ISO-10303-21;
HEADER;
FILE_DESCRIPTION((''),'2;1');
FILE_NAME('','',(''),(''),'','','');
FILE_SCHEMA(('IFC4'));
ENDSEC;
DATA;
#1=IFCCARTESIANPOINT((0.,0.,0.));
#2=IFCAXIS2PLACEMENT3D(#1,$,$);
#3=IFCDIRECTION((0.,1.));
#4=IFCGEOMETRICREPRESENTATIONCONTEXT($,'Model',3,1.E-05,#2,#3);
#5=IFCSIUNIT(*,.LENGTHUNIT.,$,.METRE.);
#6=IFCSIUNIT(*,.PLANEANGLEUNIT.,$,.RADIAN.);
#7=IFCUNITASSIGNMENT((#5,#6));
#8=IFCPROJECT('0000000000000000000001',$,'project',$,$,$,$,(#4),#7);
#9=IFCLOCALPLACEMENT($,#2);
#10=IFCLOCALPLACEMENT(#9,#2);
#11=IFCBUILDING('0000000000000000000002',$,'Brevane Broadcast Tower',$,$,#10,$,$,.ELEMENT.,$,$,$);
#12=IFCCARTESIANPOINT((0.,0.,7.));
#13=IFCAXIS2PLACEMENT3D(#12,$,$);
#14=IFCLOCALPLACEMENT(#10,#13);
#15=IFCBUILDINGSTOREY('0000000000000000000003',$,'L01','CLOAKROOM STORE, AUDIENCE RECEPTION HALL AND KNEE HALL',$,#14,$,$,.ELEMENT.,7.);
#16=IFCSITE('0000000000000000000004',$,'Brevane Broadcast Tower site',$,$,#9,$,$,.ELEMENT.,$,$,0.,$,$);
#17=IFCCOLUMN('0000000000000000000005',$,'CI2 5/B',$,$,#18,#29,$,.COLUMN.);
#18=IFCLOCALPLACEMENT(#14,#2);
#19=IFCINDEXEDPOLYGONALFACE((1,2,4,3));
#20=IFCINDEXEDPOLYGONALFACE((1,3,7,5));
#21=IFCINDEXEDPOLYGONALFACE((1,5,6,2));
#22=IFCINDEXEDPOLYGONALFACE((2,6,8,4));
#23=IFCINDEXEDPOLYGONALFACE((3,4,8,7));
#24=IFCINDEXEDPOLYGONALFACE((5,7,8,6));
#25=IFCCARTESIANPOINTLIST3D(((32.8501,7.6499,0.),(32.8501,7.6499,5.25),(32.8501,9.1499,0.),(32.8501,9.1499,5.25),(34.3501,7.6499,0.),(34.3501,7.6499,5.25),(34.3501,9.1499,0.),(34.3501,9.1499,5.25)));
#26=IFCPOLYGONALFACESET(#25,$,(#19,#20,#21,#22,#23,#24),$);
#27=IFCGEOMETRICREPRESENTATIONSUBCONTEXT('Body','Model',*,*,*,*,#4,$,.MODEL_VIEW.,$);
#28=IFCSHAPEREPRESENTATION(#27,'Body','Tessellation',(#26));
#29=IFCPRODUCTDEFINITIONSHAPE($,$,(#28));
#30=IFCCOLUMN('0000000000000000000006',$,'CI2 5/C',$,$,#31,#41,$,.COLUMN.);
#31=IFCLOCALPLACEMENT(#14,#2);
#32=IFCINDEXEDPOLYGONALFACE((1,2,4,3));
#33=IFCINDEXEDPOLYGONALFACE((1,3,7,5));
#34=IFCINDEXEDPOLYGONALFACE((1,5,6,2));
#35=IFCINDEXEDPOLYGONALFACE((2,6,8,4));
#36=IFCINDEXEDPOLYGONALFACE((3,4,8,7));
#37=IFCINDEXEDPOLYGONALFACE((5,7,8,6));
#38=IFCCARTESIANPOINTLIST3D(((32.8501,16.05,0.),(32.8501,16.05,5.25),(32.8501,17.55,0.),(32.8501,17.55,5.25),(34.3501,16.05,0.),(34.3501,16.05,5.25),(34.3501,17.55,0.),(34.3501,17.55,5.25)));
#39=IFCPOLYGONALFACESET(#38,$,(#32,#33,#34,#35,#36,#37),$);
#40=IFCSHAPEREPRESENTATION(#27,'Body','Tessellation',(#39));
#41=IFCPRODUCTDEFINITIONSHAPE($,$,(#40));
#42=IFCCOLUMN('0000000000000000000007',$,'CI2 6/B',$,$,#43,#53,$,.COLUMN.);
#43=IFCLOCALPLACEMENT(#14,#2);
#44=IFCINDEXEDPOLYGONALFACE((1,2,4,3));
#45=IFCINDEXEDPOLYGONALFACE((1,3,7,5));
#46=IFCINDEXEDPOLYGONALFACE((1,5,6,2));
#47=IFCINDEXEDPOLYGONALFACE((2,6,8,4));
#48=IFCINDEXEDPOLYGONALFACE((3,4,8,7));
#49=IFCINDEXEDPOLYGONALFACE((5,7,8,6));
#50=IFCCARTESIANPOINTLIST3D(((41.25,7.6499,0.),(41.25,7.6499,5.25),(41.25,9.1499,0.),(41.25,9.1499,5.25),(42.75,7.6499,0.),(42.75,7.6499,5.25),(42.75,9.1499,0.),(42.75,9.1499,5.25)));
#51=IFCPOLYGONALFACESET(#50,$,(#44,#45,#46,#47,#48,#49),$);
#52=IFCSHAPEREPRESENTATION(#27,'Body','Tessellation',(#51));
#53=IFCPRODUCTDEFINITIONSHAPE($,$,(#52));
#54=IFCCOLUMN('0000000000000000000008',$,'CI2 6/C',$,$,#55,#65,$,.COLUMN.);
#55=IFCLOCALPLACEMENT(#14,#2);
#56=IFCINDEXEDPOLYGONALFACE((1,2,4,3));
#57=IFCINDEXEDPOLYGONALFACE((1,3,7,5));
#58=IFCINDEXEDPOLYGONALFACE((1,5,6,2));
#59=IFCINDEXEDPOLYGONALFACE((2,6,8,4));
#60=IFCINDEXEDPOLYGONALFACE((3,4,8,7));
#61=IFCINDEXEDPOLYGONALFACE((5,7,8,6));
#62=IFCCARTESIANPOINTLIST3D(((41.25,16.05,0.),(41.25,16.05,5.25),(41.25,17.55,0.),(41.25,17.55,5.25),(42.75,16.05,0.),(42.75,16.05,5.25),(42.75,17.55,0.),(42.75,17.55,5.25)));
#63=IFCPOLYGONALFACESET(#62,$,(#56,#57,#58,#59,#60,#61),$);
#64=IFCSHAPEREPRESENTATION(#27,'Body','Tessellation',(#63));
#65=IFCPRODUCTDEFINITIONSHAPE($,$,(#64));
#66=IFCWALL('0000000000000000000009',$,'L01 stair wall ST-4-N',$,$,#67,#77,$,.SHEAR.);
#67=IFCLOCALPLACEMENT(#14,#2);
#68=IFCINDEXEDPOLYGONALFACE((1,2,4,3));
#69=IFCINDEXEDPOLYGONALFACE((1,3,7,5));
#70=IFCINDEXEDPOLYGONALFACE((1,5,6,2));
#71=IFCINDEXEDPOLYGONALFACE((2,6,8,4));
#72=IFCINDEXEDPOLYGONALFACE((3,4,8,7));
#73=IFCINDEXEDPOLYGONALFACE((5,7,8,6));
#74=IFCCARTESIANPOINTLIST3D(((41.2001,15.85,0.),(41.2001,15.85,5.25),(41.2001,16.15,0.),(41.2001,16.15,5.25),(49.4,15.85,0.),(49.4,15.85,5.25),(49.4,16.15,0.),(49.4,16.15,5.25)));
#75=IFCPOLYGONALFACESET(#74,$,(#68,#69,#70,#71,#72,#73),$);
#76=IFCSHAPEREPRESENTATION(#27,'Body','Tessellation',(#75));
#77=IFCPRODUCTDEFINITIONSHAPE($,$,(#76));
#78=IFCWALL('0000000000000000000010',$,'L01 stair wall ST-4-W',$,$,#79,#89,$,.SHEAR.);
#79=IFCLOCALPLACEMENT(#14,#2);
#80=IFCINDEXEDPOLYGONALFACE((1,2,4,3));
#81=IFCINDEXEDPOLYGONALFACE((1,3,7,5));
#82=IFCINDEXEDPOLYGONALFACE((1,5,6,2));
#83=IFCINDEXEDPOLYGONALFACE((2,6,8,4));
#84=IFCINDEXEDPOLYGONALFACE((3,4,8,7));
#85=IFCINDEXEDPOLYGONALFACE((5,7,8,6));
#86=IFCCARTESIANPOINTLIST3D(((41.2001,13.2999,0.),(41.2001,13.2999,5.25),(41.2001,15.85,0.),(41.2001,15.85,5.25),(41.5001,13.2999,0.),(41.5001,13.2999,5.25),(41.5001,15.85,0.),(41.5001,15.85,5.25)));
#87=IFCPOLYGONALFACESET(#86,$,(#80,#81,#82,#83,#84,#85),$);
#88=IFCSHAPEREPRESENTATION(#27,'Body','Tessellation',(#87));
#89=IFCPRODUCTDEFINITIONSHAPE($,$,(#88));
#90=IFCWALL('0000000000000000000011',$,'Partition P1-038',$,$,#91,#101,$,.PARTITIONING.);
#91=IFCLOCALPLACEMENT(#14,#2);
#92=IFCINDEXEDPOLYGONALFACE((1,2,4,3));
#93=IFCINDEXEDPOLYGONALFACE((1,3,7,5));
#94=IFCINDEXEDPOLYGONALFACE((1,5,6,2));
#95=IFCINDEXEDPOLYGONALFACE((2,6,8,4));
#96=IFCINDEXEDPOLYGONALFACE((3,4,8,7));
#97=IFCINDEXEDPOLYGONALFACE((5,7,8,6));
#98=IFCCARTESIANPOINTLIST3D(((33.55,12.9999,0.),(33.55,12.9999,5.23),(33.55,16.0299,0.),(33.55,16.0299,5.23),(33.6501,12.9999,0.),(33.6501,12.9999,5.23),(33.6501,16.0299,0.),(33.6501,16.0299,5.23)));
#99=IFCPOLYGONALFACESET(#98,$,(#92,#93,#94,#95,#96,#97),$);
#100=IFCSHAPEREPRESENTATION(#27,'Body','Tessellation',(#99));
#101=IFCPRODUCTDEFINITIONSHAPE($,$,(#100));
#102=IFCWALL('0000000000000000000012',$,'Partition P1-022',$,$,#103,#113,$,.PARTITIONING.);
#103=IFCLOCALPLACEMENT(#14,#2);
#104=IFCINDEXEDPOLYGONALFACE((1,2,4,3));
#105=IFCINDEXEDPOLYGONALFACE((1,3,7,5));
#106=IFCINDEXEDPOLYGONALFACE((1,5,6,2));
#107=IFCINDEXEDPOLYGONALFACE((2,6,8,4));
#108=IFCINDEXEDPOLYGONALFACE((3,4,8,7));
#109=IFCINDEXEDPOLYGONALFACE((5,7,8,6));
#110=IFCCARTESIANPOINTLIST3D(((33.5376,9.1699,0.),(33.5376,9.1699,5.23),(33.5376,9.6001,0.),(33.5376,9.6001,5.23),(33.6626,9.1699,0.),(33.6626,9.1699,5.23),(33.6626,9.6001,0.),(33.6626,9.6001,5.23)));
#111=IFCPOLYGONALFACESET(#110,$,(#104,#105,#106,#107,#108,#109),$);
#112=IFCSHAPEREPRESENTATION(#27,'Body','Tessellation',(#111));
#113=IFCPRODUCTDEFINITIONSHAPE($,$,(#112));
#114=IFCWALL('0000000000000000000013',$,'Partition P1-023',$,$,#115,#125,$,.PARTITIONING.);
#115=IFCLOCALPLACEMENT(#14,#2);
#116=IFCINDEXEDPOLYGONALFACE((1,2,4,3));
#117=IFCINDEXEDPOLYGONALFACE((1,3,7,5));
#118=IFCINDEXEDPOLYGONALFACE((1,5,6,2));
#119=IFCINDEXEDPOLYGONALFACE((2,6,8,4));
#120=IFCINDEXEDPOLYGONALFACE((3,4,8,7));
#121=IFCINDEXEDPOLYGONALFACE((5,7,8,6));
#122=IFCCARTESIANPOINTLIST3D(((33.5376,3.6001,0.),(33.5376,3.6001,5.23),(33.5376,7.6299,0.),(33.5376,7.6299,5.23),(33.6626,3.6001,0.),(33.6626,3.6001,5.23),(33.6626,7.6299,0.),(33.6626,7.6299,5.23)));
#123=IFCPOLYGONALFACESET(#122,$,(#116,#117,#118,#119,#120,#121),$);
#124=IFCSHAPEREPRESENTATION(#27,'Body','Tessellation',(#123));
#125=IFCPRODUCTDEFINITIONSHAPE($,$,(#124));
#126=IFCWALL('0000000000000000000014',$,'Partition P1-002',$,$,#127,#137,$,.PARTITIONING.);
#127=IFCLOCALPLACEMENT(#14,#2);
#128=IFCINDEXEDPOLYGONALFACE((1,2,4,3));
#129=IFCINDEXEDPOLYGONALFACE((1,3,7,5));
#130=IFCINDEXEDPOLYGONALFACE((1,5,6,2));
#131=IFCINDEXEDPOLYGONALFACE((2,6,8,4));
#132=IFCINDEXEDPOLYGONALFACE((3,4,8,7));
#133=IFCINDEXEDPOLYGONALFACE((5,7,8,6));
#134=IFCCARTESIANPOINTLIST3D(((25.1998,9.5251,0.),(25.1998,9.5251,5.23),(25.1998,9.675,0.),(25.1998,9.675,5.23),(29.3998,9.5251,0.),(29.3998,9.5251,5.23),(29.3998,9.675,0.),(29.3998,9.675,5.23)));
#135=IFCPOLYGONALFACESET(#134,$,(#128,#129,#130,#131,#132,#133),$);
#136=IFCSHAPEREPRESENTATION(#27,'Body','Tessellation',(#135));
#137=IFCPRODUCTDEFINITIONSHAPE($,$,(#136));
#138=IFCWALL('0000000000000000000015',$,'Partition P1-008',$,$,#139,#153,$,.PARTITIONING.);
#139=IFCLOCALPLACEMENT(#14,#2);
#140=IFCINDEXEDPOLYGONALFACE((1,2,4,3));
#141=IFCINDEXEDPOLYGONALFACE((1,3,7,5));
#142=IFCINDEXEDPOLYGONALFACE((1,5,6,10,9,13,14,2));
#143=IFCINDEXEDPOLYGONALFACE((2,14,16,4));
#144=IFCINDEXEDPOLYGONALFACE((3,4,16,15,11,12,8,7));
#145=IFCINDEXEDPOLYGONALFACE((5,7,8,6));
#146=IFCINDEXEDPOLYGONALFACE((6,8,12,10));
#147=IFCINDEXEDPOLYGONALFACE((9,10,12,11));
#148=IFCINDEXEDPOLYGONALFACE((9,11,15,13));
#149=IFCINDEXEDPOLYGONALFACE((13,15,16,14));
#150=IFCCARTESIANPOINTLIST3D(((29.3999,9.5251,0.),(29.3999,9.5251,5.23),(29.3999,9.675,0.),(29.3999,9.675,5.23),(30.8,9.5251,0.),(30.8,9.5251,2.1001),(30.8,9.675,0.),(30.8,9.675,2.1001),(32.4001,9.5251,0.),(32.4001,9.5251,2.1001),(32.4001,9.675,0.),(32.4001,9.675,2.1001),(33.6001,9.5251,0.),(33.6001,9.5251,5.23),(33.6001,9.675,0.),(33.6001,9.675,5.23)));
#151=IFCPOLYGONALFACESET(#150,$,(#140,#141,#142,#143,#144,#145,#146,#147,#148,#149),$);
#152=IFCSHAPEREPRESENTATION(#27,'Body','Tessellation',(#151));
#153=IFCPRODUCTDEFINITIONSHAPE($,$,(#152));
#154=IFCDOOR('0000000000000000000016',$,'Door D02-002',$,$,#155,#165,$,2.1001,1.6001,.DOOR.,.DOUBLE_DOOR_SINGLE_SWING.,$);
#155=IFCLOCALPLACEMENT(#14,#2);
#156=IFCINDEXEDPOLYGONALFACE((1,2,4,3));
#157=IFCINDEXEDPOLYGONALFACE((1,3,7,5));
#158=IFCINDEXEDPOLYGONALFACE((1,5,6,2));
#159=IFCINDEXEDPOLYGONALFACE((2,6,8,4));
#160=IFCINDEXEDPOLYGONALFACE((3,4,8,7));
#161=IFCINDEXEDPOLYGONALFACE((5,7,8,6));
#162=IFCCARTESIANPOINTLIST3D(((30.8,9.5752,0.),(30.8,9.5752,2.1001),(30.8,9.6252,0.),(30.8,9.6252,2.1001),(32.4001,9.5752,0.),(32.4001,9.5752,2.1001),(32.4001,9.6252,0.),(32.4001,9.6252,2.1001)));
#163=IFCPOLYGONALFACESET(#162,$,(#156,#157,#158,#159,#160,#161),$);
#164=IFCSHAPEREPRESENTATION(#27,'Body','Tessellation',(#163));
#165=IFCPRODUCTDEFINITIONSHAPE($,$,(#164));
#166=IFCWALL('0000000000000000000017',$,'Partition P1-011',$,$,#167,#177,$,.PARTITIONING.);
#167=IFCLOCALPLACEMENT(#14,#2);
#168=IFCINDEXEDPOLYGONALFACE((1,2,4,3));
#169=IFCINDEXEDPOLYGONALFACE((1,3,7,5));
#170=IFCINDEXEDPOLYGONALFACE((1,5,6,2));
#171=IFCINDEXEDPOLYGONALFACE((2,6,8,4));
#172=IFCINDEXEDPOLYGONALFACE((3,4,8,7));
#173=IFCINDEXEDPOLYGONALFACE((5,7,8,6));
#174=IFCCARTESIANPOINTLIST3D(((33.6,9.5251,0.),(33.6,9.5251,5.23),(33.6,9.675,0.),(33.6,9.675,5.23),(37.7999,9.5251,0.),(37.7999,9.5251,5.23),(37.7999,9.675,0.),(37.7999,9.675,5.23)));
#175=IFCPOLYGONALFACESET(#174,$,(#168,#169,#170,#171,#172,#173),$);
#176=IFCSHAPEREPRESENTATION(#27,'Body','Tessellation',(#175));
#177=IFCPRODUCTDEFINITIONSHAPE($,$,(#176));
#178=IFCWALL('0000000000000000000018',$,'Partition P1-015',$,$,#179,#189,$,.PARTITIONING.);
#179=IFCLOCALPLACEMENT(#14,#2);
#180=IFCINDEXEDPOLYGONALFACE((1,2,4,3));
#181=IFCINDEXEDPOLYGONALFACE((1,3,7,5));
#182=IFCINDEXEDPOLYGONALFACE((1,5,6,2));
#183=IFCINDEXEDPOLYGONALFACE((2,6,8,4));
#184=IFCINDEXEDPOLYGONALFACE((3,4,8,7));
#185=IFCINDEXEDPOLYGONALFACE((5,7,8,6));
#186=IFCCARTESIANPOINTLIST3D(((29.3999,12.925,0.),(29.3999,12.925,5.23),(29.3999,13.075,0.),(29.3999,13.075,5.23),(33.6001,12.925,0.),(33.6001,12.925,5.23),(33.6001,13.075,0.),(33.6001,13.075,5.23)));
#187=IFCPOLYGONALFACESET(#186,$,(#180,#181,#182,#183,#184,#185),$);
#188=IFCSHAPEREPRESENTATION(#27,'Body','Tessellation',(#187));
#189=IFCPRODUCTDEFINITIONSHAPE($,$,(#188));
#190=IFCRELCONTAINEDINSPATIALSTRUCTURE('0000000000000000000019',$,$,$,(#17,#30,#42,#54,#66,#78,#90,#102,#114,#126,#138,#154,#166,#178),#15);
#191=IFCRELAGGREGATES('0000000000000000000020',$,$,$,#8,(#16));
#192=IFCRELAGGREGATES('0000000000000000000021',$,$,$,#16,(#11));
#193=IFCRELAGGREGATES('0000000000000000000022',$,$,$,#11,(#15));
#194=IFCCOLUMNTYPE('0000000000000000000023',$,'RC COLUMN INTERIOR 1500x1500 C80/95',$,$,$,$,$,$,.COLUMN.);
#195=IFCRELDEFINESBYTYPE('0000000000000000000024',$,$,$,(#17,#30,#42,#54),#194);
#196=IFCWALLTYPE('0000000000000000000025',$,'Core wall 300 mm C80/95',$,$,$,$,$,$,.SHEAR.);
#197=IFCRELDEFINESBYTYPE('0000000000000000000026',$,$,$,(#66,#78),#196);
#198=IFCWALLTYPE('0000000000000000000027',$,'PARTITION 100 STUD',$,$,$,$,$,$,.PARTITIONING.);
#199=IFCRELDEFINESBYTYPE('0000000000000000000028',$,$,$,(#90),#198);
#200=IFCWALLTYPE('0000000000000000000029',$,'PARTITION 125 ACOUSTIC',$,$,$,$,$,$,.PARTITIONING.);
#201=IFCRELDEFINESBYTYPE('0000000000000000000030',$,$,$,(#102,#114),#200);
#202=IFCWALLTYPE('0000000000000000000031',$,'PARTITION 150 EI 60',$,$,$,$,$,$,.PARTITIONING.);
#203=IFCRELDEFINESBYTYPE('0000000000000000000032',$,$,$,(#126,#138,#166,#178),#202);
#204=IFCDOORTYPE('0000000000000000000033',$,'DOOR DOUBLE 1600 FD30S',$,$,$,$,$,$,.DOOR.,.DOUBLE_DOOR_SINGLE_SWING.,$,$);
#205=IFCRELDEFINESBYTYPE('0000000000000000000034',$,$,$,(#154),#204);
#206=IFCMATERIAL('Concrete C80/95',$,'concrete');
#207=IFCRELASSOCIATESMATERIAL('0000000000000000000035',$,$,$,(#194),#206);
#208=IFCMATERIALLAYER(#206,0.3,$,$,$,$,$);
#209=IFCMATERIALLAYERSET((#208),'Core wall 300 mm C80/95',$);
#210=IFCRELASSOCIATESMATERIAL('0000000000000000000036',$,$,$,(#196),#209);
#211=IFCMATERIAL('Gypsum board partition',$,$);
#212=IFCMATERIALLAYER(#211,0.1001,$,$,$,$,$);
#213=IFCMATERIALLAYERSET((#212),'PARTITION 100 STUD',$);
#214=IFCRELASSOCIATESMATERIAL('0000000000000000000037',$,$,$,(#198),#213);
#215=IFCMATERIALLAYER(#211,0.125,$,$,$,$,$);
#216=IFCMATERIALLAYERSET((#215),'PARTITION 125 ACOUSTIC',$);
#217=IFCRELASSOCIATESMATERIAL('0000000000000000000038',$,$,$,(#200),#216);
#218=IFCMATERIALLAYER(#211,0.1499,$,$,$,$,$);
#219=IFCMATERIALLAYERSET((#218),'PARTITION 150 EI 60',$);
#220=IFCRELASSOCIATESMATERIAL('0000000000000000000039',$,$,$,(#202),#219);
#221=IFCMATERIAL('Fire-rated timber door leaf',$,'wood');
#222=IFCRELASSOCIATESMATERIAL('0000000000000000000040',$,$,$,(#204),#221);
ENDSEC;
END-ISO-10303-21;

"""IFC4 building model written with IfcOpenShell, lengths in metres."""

from ifc_helpers import new_model, si_unit, direction, frame, frame_2d, origin, origin_2d, place, context, subcontext, project, spatial, rectangle, extrude, material, layer, layer_set, material_profile, profile_set, type_object, element, fill, save


model = new_model("IFC4")

# Units and contexts
model_context = context("Model", 3, precision=1e-05, world=origin(), true_north=direction((0.0, 1.0)))
body_context = subcontext(model_context, "Body", "Model", "MODEL_VIEW")
ifc_project = project(units=[si_unit("LENGTHUNIT", "METRE"), si_unit("PLANEANGLEUNIT", "RADIAN")], contexts=[model_context])

# Site, building, storey
site_placement = place(None, origin())
site = spatial("IfcSite", under=ifc_project, at=site_placement, Name="Brevane Broadcast Tower site", CompositionType="ELEMENT", RefElevation=0.0)
building_placement = place(site_placement, origin())
building = spatial("IfcBuilding", under=site, at=building_placement, Name="Brevane Broadcast Tower", CompositionType="ELEMENT")
storey_placement = place(building_placement, frame((0.0, 0.0, 7.0)))
storey = spatial("IfcBuildingStorey", under=building, at=storey_placement, Name="L01", Description="CLOAKROOM STORE, AUDIENCE RECEPTION HALL AND KNEE HALL", CompositionType="ELEMENT", Elevation=7.0)

# Columns
ifc_material_1 = material(Name="Concrete C80/95", Category="concrete")
ifc_material_profile = material_profile(ifc_material_1, rectangle(XDim=1.5, YDim=1.5, at=origin_2d()), Name="RC 1500x1500")
ifc_profile_set = profile_set([ifc_material_profile], Name="Concrete C80/95")
column_type = type_object("IfcColumnType", Name="RC COLUMN INTERIOR 1500x1500 C80/95", PredefinedType="COLUMN", material=ifc_profile_set)
for number, where, z_axis, x_axis, name in (
    (1, (33.6001, 8.3999, 0.0), (0.0, 0.0, 1.0), (1.0, 0.0, 0.0), "CI2 5/B"),
    (2, (33.6001, 16.8, 0.0), (0.0, 0.0, 1.0), (1.0, 0.0, 0.0), "CI2 5/C"),
    (3, (42.0, 8.3999, 0.0), (0.0, 0.0, 1.0), (1.0, 0.0, 0.0), "CI2 6/B"),
    (4, (42.0, 16.8, 0.0), (0.0, 0.0, 1.0), (1.0, 0.0, 0.0), "CI2 6/C"),
):
    element("IfcColumn", number, at=place(storey_placement, frame(where, z_axis=z_axis, x_axis=x_axis)), inside=storey, type_object=column_type, Name=name, PredefinedType="COLUMN", context=body_context, shape_type="SweptSolid", body=[
        extrude(rectangle(XDim=1.5, YDim=1.5, at=origin_2d()), origin(), (0.0, 0.0, 1.0), 5.25),
    ])

# Walls
ifc_layer_1 = layer(ifc_material_1, 0.3)
ifc_layer_set_1 = layer_set([ifc_layer_1], Name="Core wall 300 mm C80/95")
wall_type_1 = type_object("IfcWallType", Name="Core wall 300 mm C80/95", PredefinedType="SHEAR", material=ifc_layer_set_1)
wall_1_placement = place(storey_placement, frame((41.2, 16.0, 0.0), z_axis=(0.0, 0.0, 1.0), x_axis=(1.0, 0.0, 0.0)))
element("IfcWall", 5, at=wall_1_placement, inside=storey, type_object=wall_type_1, Name="L01 stair wall ST-4-N", PredefinedType="SHEAR", context=body_context, shape_type="SweptSolid", body=[
    extrude(rectangle(XDim=8.2, YDim=0.3, at=frame_2d((4.1001, 0.0))), origin(), (0.0, 0.0, 1.0), 5.25),
])
wall_2_placement = place(storey_placement, frame((41.3501, 13.3, 0.0), z_axis=(0.0, 0.0, 1.0), x_axis=(0.0, 1.0, 0.0)))
element("IfcWall", 6, at=wall_2_placement, inside=storey, type_object=wall_type_1, Name="L01 stair wall ST-4-W", PredefinedType="SHEAR", context=body_context, shape_type="SweptSolid", body=[
    extrude(rectangle(XDim=2.55, YDim=0.3, at=frame_2d((1.2749, 0.0))), origin(), (0.0, 0.0, 1.0), 5.25),
])
ifc_material_2 = material(Name="Gypsum board partition")
ifc_layer_2 = layer(ifc_material_2, 0.1001)
ifc_layer_set_2 = layer_set([ifc_layer_2], Name="PARTITION 100 STUD")
wall_type_2 = type_object("IfcWallType", Name="PARTITION 100 STUD", PredefinedType="PARTITIONING", material=ifc_layer_set_2)
wall_3_placement = place(storey_placement, frame((33.6001, 16.03, 0.0), z_axis=(0.0, 0.0, 1.0), x_axis=(0.0, -1.0, 0.0)))
element("IfcWall", 7, at=wall_3_placement, inside=storey, type_object=wall_type_2, Name="Partition P1-038", PredefinedType="PARTITIONING", context=body_context, shape_type="SweptSolid", body=[
    extrude(rectangle(XDim=3.03, YDim=0.1001, at=frame_2d((1.5151, 0.0))), origin(), (0.0, 0.0, 1.0), 5.23),
])
ifc_layer_3 = layer(ifc_material_2, 0.125)
ifc_layer_set_3 = layer_set([ifc_layer_3], Name="PARTITION 125 ACOUSTIC")
wall_type_3 = type_object("IfcWallType", Name="PARTITION 125 ACOUSTIC", PredefinedType="PARTITIONING", material=ifc_layer_set_3)
wall_4_placement = place(storey_placement, frame((33.6001, 9.6001, 0.0), z_axis=(0.0, 0.0, 1.0), x_axis=(0.0, -1.0, 0.0)))
element("IfcWall", 8, at=wall_4_placement, inside=storey, type_object=wall_type_3, Name="Partition P1-022", PredefinedType="PARTITIONING", context=body_context, shape_type="SweptSolid", body=[
    extrude(rectangle(XDim=0.4302, YDim=0.125, at=frame_2d((0.2151, 0.0))), origin(), (0.0, 0.0, 1.0), 5.23),
])
wall_5_placement = place(storey_placement, frame((33.6001, 7.6299, 0.0), z_axis=(0.0, 0.0, 1.0), x_axis=(0.0, -1.0, 0.0)))
element("IfcWall", 9, at=wall_5_placement, inside=storey, type_object=wall_type_3, Name="Partition P1-023", PredefinedType="PARTITIONING", context=body_context, shape_type="SweptSolid", body=[
    extrude(rectangle(XDim=4.0298, YDim=0.125, at=frame_2d((2.0149, 0.0))), origin(), (0.0, 0.0, 1.0), 5.23),
])
ifc_layer_4 = layer(ifc_material_2, 0.1499)
ifc_layer_set_4 = layer_set([ifc_layer_4], Name="PARTITION 150 EI 60")
wall_type_4 = type_object("IfcWallType", Name="PARTITION 150 EI 60", PredefinedType="PARTITIONING", material=ifc_layer_set_4)
wall_6_placement = place(storey_placement, frame((29.3999, 9.6001, 0.0), z_axis=(0.0, 0.0, 1.0), x_axis=(-1.0, 0.0, 0.0)))
element("IfcWall", 10, at=wall_6_placement, inside=storey, type_object=wall_type_4, Name="Partition P1-002", PredefinedType="PARTITIONING", context=body_context, shape_type="SweptSolid", body=[
    extrude(rectangle(XDim=4.2, YDim=0.1499, at=frame_2d((2.1001, 0.0))), origin(), (0.0, 0.0, 1.0), 5.23),
])

# Wall, opening, door
wall_7_placement = place(storey_placement, frame((33.6001, 9.6001, 0.0), z_axis=(0.0, 0.0, 1.0), x_axis=(-1.0, 0.0, 0.0)))
wall_7 = element("IfcWall", 11, at=wall_7_placement, inside=storey, type_object=wall_type_4, Name="Partition P1-008", PredefinedType="PARTITIONING", context=body_context, shape_type="SweptSolid", body=[
    extrude(rectangle(XDim=4.2002, YDim=0.1499, at=frame_2d((2.1001, 0.0))), origin(), (0.0, 0.0, 1.0), 5.23),
])
opening_1_placement = place(wall_7_placement, frame((1.2, 0.0, 0.0)))
opening_1 = element("IfcOpeningElement", 12, at=opening_1_placement, cuts=wall_7, PredefinedType="OPENING", context=body_context, shape_type="SweptSolid", body=[
    extrude(rectangle(XDim=1.6001, YDim=2.1001, at=frame_2d((0.8, 1.05))), frame((0.0, 0.085, 0.0), z_axis=(0.0, -1.0, 0.0), x_axis=(1.0, 0.0, 0.0)), (0.0, 0.0, 1.0), 0.1699),
])
ifc_material_3 = material(Name="Fire-rated timber door leaf", Category="wood")
door_type_1 = type_object("IfcDoorType", Name="DOOR DOUBLE 1600 FD30S", OperationType="DOUBLE_DOOR_SINGLE_SWING", PredefinedType="DOOR", material=ifc_material_3)
door_1_placement = place(opening_1_placement, origin())
door_1 = element("IfcDoor", 13, at=door_1_placement, inside=storey, type_object=door_type_1, Name="Door D02-002", OperationType="DOUBLE_DOOR_SINGLE_SWING", OverallHeight=2.1001, OverallWidth=1.6001, PredefinedType="DOOR", context=body_context, shape_type="SweptSolid", body=[
    extrude(rectangle(XDim=1.6001, YDim=2.1001, at=frame_2d((0.8, 1.05))), frame((0.0, 0.0249, 0.0), z_axis=(0.0, -1.0, 0.0), x_axis=(1.0, 0.0, 0.0)), (0.0, 0.0, 1.0), 0.05),
])
fill(opening_1, door_1)

# Walls
wall_8_placement = place(storey_placement, frame((37.8, 9.6001, 0.0), z_axis=(0.0, 0.0, 1.0), x_axis=(-1.0, 0.0, 0.0)))
element("IfcWall", 14, at=wall_8_placement, inside=storey, type_object=wall_type_4, Name="Partition P1-011", PredefinedType="PARTITIONING", context=body_context, shape_type="SweptSolid", body=[
    extrude(rectangle(XDim=4.2, YDim=0.1499, at=frame_2d((2.1001, 0.0))), origin(), (0.0, 0.0, 1.0), 5.23),
])
wall_9_placement = place(storey_placement, frame((29.3999, 13.0, 0.0), z_axis=(0.0, 0.0, 1.0), x_axis=(1.0, 0.0, 0.0)))
element("IfcWall", 15, at=wall_9_placement, inside=storey, type_object=wall_type_4, Name="Partition P1-015", PredefinedType="PARTITIONING", context=body_context, shape_type="SweptSolid", body=[
    extrude(rectangle(XDim=4.2002, YDim=0.1499, at=frame_2d((2.1001, 0.0))), origin(), (0.0, 0.0, 1.0), 5.23),
])

save(model, "model.ifc")
